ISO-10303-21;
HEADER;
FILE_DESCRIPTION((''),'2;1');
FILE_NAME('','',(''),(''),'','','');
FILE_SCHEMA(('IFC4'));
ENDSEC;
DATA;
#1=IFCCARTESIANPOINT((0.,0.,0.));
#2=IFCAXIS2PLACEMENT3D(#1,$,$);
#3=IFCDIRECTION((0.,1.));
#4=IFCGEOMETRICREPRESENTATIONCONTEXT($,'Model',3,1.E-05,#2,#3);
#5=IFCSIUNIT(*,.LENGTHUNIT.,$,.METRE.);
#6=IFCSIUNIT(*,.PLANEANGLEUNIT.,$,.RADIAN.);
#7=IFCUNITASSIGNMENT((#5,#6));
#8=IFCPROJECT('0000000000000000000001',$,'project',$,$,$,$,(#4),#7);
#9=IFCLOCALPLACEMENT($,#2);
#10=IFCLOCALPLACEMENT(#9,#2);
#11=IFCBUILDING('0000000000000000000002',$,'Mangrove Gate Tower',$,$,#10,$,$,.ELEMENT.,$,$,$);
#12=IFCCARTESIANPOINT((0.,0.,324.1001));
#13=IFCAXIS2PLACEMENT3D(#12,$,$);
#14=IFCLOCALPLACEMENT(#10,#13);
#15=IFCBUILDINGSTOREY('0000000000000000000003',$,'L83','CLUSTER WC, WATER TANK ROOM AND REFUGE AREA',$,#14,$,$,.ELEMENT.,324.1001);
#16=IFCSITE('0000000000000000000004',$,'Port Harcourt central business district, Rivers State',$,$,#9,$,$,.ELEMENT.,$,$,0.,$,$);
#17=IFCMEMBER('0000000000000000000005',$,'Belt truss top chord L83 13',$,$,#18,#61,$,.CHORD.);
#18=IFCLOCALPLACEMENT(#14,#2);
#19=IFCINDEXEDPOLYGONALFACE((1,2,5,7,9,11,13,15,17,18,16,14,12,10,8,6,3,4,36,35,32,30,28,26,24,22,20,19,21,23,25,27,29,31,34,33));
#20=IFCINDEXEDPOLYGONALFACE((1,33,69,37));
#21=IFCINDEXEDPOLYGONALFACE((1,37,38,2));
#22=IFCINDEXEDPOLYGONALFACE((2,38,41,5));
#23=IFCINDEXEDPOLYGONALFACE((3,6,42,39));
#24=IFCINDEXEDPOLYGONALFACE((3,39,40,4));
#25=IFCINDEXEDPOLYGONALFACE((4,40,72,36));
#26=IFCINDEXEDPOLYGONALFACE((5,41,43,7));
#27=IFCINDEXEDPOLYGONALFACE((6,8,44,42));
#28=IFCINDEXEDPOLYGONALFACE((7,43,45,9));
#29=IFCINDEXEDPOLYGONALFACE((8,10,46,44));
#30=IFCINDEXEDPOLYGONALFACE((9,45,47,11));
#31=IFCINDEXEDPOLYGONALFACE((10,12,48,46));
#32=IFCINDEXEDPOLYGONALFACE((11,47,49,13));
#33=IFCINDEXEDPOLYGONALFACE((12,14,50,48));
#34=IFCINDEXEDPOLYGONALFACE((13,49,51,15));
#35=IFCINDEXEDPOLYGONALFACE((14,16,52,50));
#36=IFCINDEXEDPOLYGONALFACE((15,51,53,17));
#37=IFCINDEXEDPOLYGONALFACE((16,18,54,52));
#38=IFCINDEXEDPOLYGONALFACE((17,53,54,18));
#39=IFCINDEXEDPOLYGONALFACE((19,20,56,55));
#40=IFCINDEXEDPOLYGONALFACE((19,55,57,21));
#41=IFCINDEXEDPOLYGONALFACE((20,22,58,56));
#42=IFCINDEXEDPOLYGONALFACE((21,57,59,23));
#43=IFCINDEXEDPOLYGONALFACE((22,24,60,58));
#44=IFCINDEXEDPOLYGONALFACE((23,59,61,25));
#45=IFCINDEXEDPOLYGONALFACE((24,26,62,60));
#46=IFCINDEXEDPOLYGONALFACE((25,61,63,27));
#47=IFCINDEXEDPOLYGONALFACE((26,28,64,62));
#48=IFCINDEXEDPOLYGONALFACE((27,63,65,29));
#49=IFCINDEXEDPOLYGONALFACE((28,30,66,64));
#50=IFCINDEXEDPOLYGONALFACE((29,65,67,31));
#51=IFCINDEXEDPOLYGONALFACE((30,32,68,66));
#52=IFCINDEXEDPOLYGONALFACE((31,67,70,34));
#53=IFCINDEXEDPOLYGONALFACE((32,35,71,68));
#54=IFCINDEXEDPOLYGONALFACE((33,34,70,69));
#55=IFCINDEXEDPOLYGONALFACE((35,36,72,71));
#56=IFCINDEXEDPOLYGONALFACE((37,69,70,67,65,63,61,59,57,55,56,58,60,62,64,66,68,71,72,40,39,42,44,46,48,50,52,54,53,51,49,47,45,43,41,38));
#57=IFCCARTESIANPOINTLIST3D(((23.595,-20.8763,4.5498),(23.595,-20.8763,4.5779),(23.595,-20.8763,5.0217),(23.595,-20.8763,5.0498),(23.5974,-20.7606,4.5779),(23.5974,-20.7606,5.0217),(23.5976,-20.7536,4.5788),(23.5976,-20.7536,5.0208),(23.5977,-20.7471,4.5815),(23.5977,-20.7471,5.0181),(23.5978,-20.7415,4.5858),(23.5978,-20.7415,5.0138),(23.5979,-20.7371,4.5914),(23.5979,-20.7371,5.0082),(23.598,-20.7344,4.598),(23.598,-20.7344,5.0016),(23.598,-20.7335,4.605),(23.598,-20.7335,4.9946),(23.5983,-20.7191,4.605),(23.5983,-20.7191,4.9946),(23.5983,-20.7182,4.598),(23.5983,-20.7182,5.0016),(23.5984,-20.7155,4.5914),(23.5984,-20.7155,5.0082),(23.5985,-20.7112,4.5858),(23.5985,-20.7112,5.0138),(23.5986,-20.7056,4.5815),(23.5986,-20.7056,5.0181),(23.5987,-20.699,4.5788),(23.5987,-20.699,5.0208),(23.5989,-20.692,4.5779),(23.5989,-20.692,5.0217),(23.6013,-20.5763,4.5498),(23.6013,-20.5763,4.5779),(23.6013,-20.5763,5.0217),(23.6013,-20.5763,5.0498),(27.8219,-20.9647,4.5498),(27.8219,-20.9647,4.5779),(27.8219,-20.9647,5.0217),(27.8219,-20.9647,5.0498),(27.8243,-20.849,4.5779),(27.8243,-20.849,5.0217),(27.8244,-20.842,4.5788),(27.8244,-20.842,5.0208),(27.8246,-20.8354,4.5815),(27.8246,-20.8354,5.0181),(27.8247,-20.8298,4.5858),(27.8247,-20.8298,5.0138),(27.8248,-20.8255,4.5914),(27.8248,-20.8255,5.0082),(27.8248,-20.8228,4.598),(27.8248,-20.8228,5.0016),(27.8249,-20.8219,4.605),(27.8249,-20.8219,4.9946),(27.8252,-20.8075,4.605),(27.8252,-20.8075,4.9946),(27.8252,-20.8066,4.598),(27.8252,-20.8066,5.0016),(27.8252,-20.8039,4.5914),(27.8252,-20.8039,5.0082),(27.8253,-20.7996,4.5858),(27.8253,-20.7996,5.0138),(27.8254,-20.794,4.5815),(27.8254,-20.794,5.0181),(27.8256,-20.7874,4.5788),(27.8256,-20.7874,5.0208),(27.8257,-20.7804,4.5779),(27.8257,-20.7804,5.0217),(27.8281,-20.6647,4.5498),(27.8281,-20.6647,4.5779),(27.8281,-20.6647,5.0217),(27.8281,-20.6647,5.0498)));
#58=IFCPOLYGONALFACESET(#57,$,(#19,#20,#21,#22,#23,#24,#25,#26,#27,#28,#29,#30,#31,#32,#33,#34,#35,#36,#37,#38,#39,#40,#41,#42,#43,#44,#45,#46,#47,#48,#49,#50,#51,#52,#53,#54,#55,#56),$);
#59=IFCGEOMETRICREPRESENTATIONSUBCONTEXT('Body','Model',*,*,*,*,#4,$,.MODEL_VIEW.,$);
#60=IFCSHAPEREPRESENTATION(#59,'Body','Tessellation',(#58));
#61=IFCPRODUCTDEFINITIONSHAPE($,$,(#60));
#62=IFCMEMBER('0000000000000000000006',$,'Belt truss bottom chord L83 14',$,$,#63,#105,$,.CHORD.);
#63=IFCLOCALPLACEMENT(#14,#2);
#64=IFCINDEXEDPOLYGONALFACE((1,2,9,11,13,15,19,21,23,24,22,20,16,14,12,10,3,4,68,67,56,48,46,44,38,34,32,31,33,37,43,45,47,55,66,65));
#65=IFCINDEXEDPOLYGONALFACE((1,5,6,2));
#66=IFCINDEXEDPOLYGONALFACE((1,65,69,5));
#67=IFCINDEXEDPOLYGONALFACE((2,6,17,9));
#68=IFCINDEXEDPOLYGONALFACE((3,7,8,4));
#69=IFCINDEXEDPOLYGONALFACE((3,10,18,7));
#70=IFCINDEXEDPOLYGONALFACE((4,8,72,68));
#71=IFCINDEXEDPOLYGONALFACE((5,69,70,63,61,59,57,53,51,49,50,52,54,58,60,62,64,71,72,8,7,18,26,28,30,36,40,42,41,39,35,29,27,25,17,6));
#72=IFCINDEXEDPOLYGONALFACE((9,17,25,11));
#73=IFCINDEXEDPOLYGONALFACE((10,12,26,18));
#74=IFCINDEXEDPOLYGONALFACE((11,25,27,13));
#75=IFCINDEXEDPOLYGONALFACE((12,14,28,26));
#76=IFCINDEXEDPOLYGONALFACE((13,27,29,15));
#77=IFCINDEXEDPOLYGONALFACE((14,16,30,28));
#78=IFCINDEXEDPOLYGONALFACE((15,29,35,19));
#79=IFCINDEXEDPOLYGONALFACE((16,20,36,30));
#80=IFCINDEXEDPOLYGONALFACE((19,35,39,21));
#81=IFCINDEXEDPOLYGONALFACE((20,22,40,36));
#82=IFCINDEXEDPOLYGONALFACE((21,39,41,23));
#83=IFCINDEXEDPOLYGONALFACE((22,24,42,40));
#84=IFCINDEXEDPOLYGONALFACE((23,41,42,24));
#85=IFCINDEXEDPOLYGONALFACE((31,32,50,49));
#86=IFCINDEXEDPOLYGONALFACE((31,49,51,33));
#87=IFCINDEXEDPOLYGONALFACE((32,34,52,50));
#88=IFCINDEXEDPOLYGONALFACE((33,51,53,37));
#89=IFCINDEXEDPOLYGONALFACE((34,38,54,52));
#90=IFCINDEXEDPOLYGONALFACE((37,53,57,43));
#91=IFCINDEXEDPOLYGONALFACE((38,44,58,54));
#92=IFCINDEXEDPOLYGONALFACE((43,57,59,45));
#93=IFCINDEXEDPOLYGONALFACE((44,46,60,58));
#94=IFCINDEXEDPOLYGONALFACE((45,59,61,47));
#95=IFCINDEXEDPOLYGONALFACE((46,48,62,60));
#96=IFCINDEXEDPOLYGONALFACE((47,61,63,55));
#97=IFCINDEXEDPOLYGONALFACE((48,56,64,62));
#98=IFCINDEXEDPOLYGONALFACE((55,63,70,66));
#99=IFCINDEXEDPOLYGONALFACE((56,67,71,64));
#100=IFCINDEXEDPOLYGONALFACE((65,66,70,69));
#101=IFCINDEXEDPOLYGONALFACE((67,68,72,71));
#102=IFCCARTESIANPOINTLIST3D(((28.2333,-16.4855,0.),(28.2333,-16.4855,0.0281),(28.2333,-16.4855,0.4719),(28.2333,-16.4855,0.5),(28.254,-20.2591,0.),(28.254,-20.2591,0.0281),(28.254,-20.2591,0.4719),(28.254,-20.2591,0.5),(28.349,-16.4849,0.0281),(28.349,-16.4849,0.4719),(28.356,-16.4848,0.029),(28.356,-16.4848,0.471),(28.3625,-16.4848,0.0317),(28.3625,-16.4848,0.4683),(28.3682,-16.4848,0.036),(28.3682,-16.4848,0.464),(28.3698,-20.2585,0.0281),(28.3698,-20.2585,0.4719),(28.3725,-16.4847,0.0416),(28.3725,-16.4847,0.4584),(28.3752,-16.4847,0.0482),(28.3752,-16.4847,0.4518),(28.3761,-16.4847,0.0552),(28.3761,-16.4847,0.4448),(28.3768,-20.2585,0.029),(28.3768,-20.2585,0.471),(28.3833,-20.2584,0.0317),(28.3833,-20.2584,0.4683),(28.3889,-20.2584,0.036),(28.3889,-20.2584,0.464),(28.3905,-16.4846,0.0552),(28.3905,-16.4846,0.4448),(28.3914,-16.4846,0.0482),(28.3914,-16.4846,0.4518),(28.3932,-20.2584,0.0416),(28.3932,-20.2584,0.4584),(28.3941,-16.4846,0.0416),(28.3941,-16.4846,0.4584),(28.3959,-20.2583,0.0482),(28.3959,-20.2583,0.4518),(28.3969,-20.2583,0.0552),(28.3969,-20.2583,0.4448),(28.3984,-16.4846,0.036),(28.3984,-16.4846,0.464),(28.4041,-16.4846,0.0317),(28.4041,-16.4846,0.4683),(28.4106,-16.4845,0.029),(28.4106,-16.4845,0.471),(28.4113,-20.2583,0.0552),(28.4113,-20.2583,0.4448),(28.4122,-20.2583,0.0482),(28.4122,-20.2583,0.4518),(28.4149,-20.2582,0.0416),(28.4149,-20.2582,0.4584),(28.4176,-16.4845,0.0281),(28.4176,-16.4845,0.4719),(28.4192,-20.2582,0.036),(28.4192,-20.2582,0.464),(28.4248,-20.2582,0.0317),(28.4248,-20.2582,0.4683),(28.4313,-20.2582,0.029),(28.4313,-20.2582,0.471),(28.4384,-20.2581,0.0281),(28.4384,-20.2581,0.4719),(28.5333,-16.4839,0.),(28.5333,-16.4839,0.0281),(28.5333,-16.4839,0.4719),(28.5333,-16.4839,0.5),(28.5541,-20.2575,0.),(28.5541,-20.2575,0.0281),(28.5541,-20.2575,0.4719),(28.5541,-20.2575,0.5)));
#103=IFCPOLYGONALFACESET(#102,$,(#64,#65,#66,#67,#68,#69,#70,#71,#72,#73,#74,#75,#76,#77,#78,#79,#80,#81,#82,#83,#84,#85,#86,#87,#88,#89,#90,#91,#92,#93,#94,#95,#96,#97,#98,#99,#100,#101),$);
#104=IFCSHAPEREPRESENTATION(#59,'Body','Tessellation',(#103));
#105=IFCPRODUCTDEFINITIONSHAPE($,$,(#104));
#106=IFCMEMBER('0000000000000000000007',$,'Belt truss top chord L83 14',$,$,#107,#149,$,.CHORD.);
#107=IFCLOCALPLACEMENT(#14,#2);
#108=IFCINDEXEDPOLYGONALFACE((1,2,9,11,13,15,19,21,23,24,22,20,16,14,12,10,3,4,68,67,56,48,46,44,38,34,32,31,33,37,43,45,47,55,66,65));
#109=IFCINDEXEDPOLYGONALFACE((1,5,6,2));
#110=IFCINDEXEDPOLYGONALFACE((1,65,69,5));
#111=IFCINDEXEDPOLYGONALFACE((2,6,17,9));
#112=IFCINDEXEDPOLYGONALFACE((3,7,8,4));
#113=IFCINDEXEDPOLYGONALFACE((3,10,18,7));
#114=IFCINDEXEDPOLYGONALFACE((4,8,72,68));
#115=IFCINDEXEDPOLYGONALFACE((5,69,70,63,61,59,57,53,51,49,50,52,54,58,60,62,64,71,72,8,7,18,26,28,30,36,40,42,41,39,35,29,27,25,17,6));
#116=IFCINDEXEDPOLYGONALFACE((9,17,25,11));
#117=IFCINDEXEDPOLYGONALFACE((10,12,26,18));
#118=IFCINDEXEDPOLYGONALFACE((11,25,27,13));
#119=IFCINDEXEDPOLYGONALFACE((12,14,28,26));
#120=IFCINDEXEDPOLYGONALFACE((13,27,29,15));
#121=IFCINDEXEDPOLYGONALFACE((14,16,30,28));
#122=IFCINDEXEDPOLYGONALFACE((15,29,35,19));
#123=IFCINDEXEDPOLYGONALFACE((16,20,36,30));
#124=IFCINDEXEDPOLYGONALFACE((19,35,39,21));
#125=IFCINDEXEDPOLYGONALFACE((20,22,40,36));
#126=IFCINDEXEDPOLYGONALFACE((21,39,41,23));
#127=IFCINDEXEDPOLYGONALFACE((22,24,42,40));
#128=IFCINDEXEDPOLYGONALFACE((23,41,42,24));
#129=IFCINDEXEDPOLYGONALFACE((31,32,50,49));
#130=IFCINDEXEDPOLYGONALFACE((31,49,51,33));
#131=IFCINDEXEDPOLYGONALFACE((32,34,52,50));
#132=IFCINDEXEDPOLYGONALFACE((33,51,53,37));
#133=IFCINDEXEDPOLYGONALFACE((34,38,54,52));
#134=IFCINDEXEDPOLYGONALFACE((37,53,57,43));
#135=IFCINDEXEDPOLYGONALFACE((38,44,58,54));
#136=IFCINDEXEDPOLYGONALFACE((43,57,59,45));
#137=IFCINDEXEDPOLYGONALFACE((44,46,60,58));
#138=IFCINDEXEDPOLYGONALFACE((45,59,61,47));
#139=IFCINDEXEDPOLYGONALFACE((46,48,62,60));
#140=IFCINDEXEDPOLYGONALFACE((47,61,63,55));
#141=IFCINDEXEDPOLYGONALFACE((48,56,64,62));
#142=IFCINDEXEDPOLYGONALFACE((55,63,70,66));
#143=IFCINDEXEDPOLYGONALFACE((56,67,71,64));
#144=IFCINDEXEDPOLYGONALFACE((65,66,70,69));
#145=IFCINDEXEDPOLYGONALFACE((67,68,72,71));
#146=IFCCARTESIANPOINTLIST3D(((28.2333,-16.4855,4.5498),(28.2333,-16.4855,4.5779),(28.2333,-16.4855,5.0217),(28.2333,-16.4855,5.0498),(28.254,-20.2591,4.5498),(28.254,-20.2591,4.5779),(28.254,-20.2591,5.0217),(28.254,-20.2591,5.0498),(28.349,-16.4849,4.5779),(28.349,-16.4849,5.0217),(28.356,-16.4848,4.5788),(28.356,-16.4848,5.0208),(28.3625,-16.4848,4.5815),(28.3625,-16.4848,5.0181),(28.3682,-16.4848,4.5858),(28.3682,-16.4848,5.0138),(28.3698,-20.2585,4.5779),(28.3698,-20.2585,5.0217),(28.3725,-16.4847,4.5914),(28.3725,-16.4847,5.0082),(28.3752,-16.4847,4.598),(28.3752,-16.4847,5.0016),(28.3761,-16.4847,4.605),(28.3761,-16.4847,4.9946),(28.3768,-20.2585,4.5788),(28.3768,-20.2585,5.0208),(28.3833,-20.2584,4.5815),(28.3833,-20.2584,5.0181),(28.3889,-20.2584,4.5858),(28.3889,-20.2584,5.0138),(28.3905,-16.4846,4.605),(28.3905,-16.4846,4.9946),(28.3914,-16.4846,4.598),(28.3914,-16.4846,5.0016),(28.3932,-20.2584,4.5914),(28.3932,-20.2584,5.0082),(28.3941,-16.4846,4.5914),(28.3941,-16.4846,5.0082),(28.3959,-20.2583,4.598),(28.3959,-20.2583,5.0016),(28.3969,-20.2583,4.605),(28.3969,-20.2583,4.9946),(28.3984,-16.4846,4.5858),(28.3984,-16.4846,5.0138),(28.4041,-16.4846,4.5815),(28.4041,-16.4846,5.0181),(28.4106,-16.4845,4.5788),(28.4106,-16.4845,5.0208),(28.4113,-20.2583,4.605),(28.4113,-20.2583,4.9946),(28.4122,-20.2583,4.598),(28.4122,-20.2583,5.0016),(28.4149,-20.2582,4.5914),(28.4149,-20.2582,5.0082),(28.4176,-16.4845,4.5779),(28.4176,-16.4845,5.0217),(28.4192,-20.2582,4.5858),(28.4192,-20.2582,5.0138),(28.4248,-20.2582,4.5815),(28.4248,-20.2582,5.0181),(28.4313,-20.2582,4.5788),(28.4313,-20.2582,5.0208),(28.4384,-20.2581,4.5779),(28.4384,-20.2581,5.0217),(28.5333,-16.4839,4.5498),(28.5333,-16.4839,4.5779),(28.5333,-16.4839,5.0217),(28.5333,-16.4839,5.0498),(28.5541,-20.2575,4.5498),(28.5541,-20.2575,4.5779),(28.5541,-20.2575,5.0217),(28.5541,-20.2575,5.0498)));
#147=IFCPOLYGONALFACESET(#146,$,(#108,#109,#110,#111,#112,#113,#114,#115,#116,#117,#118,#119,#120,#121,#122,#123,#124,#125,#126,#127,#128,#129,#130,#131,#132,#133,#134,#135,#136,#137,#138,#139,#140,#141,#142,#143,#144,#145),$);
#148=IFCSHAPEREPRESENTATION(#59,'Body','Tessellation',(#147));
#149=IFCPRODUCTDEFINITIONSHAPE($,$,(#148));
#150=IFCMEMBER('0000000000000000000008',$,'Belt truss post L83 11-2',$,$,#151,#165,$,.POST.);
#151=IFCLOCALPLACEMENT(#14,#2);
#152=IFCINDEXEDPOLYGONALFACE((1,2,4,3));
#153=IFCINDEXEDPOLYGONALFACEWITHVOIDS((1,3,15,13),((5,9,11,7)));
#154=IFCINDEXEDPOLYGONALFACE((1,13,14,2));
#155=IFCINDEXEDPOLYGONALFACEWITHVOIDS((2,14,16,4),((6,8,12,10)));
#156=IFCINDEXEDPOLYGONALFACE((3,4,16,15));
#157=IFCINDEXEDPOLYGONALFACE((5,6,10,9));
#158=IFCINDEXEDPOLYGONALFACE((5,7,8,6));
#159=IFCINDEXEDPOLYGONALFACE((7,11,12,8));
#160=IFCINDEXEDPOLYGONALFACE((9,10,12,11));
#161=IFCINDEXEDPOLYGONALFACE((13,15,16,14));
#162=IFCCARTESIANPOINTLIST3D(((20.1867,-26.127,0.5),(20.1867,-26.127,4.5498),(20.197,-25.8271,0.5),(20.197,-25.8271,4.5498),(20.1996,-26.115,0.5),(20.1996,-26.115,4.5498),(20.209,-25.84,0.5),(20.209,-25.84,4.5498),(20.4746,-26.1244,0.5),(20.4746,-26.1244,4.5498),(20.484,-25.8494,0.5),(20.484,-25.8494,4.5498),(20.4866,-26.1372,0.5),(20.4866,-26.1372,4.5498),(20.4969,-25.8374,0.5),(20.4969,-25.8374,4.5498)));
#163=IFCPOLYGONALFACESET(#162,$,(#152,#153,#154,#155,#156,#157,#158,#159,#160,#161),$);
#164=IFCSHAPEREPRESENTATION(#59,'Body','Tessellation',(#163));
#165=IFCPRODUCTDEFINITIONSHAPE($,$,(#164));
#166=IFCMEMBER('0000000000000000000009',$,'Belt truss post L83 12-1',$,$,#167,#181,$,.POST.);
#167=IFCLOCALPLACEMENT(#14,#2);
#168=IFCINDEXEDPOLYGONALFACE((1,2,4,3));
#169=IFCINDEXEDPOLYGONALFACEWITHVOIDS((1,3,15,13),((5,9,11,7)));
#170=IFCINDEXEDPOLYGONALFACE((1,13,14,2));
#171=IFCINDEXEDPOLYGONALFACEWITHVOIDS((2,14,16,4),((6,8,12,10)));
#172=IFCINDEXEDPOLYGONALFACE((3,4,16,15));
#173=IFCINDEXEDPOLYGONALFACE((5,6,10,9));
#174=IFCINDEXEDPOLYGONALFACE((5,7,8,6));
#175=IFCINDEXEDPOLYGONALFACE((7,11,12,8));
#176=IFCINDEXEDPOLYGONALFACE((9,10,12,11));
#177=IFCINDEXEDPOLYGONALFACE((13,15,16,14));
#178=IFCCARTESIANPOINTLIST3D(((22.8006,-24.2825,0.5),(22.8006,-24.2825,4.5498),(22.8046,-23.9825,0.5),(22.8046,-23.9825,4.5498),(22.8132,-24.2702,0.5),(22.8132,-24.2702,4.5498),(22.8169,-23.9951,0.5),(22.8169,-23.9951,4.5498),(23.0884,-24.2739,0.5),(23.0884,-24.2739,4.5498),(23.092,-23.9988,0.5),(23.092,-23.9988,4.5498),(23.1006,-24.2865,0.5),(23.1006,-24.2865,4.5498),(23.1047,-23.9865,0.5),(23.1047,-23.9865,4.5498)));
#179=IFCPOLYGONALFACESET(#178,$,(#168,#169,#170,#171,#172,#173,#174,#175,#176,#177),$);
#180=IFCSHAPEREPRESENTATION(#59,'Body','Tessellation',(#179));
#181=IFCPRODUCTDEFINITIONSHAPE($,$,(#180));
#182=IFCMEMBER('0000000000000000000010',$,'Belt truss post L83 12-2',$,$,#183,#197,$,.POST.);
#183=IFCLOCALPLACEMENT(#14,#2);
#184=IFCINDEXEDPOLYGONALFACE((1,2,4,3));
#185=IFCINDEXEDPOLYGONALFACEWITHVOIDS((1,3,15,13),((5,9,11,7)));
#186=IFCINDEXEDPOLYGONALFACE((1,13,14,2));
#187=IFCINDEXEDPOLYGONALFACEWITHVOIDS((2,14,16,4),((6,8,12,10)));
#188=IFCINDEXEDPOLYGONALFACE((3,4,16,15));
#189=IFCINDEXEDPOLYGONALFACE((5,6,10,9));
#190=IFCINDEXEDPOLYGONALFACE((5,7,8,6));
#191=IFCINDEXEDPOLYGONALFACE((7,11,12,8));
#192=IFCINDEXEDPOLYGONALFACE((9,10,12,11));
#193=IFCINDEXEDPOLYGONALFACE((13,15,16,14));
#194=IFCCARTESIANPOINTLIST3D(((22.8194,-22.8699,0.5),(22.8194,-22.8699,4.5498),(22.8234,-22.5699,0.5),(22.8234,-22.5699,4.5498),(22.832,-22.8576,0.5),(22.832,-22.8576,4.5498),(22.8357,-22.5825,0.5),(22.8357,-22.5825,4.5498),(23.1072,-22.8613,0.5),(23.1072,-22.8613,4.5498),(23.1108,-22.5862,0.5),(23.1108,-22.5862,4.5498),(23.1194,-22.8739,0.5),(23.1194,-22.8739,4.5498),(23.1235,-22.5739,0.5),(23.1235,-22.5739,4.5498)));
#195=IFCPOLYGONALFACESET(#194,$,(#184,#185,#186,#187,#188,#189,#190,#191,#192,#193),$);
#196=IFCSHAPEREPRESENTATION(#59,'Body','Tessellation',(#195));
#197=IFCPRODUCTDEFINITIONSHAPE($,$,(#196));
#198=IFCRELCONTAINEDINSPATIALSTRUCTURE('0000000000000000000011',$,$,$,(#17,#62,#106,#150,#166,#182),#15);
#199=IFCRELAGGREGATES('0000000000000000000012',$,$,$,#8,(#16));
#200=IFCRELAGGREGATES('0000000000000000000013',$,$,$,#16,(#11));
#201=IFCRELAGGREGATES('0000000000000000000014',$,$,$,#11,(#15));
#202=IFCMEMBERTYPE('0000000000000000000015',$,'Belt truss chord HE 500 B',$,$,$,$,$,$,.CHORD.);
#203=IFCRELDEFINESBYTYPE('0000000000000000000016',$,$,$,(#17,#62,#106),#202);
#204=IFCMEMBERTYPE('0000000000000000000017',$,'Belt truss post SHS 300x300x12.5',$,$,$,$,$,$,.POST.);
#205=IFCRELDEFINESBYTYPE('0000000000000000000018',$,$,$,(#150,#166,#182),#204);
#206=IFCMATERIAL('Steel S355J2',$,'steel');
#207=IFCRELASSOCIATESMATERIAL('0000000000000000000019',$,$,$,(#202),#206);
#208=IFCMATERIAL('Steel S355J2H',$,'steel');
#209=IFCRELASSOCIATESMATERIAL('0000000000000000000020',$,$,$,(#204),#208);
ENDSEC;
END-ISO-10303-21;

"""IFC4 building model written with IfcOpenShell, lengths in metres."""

from ifc_helpers import new_model, si_unit, direction, frame, origin, origin_2d, place, context, subcontext, project, spatial, hollow_rectangle, i_section, extrude, material, material_profile, profile_set, type_object, element, save


model = new_model("IFC4")

# Units and contexts
model_context = context("Model", 3, precision=1e-05, world=origin(), true_north=direction((0.0, 1.0)))
body_context = subcontext(model_context, "Body", "Model", "MODEL_VIEW")
ifc_project = project(units=[si_unit("LENGTHUNIT", "METRE"), si_unit("PLANEANGLEUNIT", "RADIAN")], contexts=[model_context])

# Site, building, storey
site_placement = place(None, origin())
site = spatial("IfcSite", under=ifc_project, at=site_placement, Name="Port Harcourt central business district, Rivers State", CompositionType="ELEMENT", RefElevation=0.0)
building_placement = place(site_placement, origin())
building = spatial("IfcBuilding", under=site, at=building_placement, Name="Mangrove Gate Tower", CompositionType="ELEMENT")
storey_placement = place(building_placement, frame((0.0, 0.0, 324.1001)))
storey = spatial("IfcBuildingStorey", under=building, at=storey_placement, Name="L83", Description="CLUSTER WC, WATER TANK ROOM AND REFUGE AREA", CompositionType="ELEMENT", Elevation=324.1001)

# Members
ifc_material_1 = material(Name="Steel S355J2", Category="steel")
ifc_material_profile_1 = material_profile(ifc_material_1, i_section(OverallWidth=0.3, OverallDepth=0.5, WebThickness=0.0144, FlangeThickness=0.0281, FilletRadius=0.0271, at=origin_2d()))
ifc_profile_set_1 = profile_set([ifc_material_profile_1], Name="Steel S355J2")
member_type_1 = type_object("IfcMemberType", Name="Belt truss chord HE 500 B", PredefinedType="CHORD", material=ifc_profile_set_1)
for number, where, z_axis, x_axis, name in (
    (1, (23.5981, -20.7263, 4.7998), (0.999781, -0.020905, 0.0), (0.020905, 0.999781, 0.0), "Belt truss top chord L83 13"),
):
    element("IfcMember", number, at=place(storey_placement, frame(where, z_axis=z_axis, x_axis=x_axis)), inside=storey, type_object=member_type_1, Name=name, PredefinedType="CHORD", context=body_context, shape_type="SweptSolid", body=[
        extrude(i_section(OverallWidth=0.3, OverallDepth=0.5, WebThickness=0.0144, FlangeThickness=0.0281, FilletRadius=0.0271, at=origin_2d()), origin(), (0.0, 0.0, 1.0), 4.2278),
    ])
for number, where, z_axis, x_axis, name in (
    (2, (28.4041, -20.2583, 0.25), (-0.005499, 0.999985, 0.0), (-0.999985, -0.005499, 0.0), "Belt truss bottom chord L83 14"),
    (3, (28.4041, -20.2583, 4.7998), (-0.005499, 0.999985, 0.0), (-0.999985, -0.005499, 0.0), "Belt truss top chord L83 14"),
):
    element("IfcMember", number, at=place(storey_placement, frame(where, z_axis=z_axis, x_axis=x_axis)), inside=storey, type_object=member_type_1, Name=name, PredefinedType="CHORD", context=body_context, shape_type="SweptSolid", body=[
        extrude(i_section(OverallWidth=0.3, OverallDepth=0.5, WebThickness=0.0144, FlangeThickness=0.0281, FilletRadius=0.0271, at=origin_2d()), origin(), (0.0, 0.0, 1.0), 3.7737),
    ])
ifc_material_2 = material(Name="Steel S355J2H", Category="steel")
ifc_material_profile_2 = material_profile(ifc_material_2, hollow_rectangle(XDim=0.3, YDim=0.3, WallThickness=0.0125, at=origin_2d()))
ifc_profile_set_2 = profile_set([ifc_material_profile_2], Name="Steel S355J2H")
member_type_2 = type_object("IfcMemberType", Name="Belt truss post SHS 300x300x12.5", PredefinedType="POST", material=ifc_profile_set_2)
for number, where, z_axis, x_axis, name in (
    (4, (20.3418, -25.9822, 0.5), (0.0, 0.0, 1.0), (0.999416, -0.034183, 0.0), "Belt truss post L83 11-2"),
    (5, (22.9526, -24.1345, 0.5), (0.0, 0.0, 1.0), (0.013379, 0.99991, 0.0), "Belt truss post L83 12-1"),
    (6, (22.9714, -22.7219, 0.5), (0.0, 0.0, 1.0), (0.013379, 0.99991, 0.0), "Belt truss post L83 12-2"),
):
    element("IfcMember", number, at=place(storey_placement, frame(where, z_axis=z_axis, x_axis=x_axis)), inside=storey, type_object=member_type_2, Name=name, PredefinedType="POST", context=body_context, shape_type="SweptSolid", body=[
        extrude(hollow_rectangle(XDim=0.3, YDim=0.3, WallThickness=0.0125, at=origin_2d()), origin(), (0.0, 0.0, 1.0), 4.0498),
    ])

save(model, "model.ifc")
